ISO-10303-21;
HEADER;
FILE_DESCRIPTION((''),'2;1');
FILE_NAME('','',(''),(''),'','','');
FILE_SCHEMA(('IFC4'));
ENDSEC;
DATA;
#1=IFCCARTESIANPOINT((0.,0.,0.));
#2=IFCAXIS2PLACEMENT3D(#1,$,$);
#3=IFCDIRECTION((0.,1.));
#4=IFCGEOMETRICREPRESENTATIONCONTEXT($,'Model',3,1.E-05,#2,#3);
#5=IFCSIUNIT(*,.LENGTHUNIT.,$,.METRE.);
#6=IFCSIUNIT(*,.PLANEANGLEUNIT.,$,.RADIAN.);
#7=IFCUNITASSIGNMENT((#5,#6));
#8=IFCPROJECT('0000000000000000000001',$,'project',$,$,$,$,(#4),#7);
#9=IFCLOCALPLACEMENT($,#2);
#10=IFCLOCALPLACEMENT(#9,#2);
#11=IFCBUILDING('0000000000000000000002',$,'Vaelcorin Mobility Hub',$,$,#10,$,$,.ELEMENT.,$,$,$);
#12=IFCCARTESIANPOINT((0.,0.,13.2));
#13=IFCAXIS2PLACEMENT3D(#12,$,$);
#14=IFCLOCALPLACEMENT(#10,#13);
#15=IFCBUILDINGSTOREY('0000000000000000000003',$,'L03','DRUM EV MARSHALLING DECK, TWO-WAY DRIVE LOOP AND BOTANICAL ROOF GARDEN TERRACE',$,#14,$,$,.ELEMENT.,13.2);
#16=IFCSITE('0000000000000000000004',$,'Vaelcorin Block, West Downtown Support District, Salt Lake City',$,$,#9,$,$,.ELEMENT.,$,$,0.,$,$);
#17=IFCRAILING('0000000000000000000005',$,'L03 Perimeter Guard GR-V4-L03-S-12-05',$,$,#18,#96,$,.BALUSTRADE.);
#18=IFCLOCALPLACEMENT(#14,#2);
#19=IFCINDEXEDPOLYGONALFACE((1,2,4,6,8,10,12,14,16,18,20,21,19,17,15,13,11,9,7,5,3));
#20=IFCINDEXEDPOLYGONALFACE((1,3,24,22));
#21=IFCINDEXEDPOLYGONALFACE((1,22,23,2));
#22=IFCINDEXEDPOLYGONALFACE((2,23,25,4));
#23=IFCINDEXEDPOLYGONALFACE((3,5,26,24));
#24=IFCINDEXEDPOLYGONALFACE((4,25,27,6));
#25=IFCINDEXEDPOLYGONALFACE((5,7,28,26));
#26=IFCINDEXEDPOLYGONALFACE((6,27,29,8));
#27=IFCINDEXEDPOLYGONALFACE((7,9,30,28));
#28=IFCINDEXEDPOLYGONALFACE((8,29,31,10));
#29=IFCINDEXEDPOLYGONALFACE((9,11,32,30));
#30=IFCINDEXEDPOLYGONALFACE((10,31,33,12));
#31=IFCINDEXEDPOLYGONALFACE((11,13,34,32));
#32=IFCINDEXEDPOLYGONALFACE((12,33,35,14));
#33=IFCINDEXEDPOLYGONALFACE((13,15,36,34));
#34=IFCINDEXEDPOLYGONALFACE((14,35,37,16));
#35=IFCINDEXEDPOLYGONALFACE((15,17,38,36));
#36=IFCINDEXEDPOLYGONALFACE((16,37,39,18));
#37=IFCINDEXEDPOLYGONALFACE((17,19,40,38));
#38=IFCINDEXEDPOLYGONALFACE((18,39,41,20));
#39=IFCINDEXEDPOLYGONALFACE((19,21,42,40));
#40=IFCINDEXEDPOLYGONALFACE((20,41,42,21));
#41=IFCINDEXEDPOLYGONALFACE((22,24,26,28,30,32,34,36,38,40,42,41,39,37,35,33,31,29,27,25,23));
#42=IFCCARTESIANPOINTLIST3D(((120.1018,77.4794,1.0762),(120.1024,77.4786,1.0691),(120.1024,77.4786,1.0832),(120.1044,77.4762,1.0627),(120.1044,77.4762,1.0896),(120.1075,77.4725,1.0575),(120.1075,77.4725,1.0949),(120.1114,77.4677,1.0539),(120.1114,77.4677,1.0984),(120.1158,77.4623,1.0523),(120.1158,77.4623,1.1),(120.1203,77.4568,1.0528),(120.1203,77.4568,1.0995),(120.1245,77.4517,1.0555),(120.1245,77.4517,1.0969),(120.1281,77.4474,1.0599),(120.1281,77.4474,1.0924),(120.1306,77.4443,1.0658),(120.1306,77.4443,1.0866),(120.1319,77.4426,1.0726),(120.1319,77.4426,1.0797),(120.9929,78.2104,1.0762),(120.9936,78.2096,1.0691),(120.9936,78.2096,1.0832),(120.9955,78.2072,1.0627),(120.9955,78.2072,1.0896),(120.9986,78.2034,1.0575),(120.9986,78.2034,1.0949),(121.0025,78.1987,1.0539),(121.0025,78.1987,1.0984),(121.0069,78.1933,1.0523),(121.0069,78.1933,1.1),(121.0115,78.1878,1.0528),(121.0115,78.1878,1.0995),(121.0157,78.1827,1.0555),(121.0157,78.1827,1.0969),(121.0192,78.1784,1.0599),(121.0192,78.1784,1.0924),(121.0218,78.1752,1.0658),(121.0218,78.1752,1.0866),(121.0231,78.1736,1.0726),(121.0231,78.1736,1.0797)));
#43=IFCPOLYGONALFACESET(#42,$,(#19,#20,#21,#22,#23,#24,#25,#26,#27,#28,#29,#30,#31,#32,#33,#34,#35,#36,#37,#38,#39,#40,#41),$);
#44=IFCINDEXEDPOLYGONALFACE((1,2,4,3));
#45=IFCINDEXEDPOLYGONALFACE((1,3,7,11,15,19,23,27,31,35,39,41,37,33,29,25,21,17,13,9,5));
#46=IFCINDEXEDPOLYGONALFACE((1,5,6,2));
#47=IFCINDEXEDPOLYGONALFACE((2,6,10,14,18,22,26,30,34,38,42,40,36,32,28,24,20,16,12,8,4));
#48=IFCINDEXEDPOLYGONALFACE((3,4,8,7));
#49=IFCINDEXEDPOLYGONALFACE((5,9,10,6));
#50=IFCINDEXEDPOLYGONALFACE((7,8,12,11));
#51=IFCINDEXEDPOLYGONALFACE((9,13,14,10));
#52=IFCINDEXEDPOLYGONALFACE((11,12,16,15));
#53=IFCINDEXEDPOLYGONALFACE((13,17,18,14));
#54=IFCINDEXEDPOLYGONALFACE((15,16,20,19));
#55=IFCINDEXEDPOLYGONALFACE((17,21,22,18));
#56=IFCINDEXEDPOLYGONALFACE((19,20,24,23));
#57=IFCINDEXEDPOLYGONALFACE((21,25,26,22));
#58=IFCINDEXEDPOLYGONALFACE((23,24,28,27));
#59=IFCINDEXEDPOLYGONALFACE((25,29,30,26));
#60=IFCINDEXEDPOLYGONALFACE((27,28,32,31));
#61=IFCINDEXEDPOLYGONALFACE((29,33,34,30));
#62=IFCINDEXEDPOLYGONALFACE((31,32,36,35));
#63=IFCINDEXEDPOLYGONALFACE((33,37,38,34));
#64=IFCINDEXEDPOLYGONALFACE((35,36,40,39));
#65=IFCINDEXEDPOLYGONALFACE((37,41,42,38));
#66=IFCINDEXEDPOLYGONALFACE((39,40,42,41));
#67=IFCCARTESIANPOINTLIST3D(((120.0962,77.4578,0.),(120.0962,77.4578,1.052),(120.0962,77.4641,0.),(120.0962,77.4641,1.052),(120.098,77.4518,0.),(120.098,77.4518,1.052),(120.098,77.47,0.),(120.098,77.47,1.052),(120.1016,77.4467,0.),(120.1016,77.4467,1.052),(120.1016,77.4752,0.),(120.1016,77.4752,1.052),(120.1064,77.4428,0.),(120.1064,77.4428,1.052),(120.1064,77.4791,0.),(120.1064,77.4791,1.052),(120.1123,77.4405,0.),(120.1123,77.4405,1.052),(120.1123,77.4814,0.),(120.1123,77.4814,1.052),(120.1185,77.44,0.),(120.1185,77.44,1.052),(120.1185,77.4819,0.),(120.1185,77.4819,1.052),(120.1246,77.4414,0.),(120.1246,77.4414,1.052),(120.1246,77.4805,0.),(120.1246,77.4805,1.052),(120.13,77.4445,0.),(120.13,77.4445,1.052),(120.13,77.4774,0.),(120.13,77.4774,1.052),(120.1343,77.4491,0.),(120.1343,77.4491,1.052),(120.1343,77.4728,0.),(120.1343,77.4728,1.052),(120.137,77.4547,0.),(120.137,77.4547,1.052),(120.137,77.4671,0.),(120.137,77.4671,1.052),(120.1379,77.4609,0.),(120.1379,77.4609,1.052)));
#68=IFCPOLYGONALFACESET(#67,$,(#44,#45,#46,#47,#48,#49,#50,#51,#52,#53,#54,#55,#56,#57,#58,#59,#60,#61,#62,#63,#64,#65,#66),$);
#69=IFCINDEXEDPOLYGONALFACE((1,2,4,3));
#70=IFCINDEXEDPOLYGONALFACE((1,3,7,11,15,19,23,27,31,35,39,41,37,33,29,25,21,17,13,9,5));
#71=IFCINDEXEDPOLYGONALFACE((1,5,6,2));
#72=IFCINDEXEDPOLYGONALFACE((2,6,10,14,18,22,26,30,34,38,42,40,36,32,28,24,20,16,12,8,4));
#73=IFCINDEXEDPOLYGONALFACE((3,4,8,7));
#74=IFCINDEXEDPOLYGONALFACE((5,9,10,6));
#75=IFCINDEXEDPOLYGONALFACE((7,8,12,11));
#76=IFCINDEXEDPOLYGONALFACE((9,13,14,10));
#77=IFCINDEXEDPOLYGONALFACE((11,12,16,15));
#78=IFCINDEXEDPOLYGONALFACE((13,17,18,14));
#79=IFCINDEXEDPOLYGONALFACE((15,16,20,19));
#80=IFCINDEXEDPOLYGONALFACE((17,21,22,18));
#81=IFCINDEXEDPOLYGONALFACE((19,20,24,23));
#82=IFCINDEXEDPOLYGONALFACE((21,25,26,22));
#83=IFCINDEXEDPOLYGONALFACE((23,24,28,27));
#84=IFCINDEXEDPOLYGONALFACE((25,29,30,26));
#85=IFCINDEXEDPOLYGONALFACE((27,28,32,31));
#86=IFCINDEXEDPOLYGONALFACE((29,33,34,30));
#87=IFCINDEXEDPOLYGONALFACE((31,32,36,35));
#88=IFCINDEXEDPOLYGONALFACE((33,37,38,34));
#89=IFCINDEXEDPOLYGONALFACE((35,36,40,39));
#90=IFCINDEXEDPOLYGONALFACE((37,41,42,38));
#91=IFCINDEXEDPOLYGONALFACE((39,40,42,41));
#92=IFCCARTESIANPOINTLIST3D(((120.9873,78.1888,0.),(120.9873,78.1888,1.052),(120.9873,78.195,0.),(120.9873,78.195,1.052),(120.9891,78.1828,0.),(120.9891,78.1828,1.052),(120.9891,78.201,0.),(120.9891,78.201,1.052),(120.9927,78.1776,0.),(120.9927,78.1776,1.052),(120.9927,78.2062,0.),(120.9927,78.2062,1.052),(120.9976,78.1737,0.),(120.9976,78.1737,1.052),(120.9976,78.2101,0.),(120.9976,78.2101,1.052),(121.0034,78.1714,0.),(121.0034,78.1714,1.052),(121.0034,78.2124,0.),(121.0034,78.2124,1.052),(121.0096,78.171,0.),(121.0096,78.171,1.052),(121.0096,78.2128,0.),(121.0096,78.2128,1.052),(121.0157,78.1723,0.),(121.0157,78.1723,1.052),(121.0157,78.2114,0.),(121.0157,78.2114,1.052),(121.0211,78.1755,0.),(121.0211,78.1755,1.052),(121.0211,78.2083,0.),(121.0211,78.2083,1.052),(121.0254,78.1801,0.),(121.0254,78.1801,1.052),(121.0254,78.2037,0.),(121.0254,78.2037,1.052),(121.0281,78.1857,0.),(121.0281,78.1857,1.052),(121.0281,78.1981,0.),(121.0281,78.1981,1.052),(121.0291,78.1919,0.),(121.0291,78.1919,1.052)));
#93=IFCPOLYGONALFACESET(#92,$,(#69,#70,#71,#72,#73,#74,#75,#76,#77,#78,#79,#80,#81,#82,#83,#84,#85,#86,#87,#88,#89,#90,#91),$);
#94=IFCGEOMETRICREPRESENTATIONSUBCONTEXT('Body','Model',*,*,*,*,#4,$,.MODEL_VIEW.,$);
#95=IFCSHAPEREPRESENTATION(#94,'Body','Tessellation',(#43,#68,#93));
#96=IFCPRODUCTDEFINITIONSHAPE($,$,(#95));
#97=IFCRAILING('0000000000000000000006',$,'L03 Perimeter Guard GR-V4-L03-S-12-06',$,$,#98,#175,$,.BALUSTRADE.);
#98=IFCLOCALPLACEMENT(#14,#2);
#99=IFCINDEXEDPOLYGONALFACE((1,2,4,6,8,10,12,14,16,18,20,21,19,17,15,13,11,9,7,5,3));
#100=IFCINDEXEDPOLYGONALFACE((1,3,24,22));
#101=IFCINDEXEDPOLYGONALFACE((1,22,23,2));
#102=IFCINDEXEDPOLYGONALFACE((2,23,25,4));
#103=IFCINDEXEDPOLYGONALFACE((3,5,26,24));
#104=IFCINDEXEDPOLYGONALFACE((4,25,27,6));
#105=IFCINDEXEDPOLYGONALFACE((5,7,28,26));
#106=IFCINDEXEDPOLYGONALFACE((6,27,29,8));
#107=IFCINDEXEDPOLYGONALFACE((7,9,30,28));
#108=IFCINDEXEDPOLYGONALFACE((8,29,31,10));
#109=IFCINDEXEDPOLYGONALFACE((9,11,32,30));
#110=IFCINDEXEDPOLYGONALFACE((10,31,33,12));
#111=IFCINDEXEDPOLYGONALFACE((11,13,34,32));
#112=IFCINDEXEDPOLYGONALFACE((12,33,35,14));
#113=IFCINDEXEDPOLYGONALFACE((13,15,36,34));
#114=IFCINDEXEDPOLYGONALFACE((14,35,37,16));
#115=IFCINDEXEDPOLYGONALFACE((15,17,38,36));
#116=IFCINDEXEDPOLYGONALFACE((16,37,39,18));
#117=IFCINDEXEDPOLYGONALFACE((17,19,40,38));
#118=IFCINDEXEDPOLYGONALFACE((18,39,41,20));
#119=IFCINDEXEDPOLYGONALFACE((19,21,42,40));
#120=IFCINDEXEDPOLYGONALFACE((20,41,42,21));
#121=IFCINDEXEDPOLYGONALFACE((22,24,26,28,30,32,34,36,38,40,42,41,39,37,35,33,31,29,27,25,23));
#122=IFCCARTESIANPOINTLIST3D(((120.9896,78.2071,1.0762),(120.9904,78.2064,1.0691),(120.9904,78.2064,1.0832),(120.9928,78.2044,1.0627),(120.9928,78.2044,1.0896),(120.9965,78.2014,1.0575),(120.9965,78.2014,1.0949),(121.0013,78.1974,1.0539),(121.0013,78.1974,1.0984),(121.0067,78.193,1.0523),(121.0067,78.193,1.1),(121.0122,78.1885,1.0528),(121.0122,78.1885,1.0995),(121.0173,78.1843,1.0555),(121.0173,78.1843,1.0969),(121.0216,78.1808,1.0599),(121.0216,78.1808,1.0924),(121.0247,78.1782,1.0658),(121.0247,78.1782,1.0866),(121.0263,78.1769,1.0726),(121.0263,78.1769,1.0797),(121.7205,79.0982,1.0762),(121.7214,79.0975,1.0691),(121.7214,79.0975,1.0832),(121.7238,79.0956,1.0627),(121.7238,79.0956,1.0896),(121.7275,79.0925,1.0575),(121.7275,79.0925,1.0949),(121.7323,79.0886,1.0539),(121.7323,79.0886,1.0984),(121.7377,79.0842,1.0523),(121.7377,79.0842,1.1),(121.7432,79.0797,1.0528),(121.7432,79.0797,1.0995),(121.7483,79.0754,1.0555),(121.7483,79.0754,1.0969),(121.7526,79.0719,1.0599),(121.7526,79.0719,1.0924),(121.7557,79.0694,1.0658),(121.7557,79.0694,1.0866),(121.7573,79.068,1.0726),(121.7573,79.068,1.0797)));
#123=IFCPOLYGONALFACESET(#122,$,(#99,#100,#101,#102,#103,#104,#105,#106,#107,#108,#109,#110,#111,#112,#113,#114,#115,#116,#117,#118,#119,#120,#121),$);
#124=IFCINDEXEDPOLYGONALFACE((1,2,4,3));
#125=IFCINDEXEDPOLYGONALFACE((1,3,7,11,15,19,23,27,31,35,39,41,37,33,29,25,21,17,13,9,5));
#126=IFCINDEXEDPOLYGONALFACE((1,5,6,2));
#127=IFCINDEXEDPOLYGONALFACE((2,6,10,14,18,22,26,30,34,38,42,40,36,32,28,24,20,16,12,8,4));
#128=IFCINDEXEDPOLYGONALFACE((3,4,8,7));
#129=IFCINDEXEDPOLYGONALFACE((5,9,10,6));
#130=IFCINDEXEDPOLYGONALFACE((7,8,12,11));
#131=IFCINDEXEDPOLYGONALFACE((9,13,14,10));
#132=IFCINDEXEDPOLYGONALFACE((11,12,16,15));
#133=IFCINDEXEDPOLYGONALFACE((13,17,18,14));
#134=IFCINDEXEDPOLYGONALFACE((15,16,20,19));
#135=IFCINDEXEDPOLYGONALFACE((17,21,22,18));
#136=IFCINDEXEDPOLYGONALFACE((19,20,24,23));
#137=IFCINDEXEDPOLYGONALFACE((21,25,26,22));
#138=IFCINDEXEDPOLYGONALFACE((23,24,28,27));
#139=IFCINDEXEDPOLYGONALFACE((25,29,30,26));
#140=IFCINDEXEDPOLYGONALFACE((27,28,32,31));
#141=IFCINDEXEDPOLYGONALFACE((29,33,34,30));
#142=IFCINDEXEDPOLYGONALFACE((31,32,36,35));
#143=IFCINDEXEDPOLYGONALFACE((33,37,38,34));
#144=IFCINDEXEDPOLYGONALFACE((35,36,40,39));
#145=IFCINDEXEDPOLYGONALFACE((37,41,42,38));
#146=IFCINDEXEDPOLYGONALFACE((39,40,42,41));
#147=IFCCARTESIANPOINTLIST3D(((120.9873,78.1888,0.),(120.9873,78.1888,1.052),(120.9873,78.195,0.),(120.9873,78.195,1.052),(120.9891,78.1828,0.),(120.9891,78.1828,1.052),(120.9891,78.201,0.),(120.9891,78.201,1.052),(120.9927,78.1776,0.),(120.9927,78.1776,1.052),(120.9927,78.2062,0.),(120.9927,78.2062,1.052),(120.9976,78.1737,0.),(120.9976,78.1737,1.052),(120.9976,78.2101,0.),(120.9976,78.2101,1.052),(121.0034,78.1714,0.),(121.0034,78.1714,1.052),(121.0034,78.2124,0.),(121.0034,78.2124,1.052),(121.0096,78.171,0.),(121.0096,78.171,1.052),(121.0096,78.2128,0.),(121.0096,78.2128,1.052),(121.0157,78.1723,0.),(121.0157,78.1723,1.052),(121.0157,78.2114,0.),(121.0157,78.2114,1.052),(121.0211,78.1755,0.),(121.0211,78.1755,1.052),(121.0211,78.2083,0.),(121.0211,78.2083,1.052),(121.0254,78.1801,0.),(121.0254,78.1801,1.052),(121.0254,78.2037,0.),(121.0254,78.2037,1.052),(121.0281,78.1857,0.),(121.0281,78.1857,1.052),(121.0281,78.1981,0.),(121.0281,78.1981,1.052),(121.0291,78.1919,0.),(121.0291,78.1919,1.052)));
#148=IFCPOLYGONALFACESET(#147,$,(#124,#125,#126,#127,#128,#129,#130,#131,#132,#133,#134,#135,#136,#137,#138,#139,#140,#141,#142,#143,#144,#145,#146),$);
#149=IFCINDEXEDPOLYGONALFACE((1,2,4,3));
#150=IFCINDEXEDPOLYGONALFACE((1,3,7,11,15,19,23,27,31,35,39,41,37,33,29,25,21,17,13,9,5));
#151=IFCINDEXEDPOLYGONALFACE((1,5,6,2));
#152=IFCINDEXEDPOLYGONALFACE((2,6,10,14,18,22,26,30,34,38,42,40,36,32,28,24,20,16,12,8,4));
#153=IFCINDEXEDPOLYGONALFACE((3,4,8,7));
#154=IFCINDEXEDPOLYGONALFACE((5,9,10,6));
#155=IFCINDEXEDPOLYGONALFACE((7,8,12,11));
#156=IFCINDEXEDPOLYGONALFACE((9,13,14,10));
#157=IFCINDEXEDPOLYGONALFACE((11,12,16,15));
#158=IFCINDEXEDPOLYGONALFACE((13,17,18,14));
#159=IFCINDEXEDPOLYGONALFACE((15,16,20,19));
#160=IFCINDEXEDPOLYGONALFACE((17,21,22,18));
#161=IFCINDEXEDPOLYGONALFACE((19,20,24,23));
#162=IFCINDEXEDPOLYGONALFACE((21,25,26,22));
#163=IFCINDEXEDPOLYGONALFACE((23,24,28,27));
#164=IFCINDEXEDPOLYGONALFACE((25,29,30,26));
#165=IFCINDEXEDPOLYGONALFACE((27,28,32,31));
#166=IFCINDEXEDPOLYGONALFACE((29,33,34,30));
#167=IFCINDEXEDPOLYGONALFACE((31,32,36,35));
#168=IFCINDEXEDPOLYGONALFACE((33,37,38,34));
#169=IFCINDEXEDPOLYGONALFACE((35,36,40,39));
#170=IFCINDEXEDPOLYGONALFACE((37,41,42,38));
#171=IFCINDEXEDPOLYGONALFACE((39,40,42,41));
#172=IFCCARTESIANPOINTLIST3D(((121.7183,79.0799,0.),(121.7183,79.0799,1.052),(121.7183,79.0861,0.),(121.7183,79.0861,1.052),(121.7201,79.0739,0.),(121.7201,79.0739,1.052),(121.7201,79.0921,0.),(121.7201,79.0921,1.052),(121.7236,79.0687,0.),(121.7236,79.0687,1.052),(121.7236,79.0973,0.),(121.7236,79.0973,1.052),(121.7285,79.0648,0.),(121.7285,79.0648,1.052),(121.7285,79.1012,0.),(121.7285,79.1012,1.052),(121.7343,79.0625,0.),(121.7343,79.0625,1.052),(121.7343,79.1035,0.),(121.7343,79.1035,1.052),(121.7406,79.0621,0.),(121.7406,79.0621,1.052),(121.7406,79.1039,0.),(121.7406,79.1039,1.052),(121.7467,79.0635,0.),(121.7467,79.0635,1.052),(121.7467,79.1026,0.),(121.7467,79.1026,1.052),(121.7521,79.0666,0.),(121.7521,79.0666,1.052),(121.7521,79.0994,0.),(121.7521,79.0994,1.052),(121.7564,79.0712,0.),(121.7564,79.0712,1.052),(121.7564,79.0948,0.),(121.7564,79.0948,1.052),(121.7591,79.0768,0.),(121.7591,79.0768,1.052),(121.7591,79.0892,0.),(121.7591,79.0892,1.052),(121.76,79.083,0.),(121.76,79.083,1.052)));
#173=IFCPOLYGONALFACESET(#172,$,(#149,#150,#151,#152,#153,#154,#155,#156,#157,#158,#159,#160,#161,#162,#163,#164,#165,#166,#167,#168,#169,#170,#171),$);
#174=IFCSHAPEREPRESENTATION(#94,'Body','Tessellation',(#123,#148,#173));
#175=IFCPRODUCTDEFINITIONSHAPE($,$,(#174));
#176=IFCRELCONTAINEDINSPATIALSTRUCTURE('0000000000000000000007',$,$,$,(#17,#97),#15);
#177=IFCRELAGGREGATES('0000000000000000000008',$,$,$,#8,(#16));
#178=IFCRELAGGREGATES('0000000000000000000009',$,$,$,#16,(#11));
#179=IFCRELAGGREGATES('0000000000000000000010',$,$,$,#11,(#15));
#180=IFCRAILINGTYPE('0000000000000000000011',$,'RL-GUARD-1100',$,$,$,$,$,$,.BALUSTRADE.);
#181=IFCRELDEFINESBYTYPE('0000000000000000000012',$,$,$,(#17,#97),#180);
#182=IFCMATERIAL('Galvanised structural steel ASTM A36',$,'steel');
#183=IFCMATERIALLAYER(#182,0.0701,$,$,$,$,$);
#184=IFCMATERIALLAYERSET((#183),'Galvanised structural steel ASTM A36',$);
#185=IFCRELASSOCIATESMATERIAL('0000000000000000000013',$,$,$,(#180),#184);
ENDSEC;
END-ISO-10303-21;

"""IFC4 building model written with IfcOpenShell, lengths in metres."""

from ifc_helpers import new_model, si_unit, direction, frame, origin, origin_2d, place, context, subcontext, project, spatial, circle, extrude, material, layer, layer_set, type_object, element, save


model = new_model("IFC4")

# Units and contexts
model_context = context("Model", 3, precision=1e-05, world=origin(), true_north=direction((0.0, 1.0)))
body_context = subcontext(model_context, "Body", "Model", "MODEL_VIEW")
ifc_project = project(units=[si_unit("LENGTHUNIT", "METRE"), si_unit("PLANEANGLEUNIT", "RADIAN")], contexts=[model_context])

# Site, building, storey
site_placement = place(None, origin())
site = spatial("IfcSite", under=ifc_project, at=site_placement, Name="Vaelcorin Block, West Downtown Support District, Salt Lake City", CompositionType="ELEMENT", RefElevation=0.0)
building_placement = place(site_placement, origin())
building = spatial("IfcBuilding", under=site, at=building_placement, Name="Vaelcorin Mobility Hub", CompositionType="ELEMENT")
storey_placement = place(building_placement, frame((0.0, 0.0, 13.2)))
storey = spatial("IfcBuildingStorey", under=building, at=storey_placement, Name="L03", Description="DRUM EV MARSHALLING DECK, TWO-WAY DRIVE LOOP AND BOTANICAL ROOF GARDEN TERRACE", CompositionType="ELEMENT", Elevation=13.2)

# Railings
ifc_material_1 = material(Name="Galvanised structural steel ASTM A36", Category="steel")
ifc_layer_1 = layer(ifc_material_1, 0.0701)
ifc_layer_set_1 = layer_set([ifc_layer_1], Name="Galvanised structural steel ASTM A36")
railing_type = type_object("IfcRailingType", Name="RL-GUARD-1100", PredefinedType="BALUSTRADE", material=ifc_layer_set_1)
railing_1_placement = place(storey_placement, frame((120.1169, 77.4609, 0.0)))
element("IfcRailing", 1, at=railing_1_placement, inside=storey, type_object=railing_type, Name="L03 Perimeter Guard GR-V4-L03-S-12-05", PredefinedType="BALUSTRADE", context=body_context, shape_type="SweptSolid", body=[
    extrude(circle(Radius=0.0239, at=origin_2d()), frame((0.0, 0.0, 1.0762), z_axis=(0.773164, 0.634206, 0.0), x_axis=(-0.634206, 0.773164, 0.0)), (0.0, 0.0, 1.0), 1.1526),
    extrude(circle(Radius=0.021, at=origin_2d()), origin(), (0.0, 0.0, 1.0), 1.052),
    extrude(circle(Radius=0.021, at=origin_2d()), frame((0.8911, 0.731, 0.0)), (0.0, 0.0, 1.0), 1.052),
])
railing_2_placement = place(storey_placement, frame((121.0081, 78.1919, 0.0)))
element("IfcRailing", 2, at=railing_2_placement, inside=storey, type_object=railing_type, Name="L03 Perimeter Guard GR-V4-L03-S-12-06", PredefinedType="BALUSTRADE", context=body_context, shape_type="SweptSolid", body=[
    extrude(circle(Radius=0.0239, at=origin_2d()), frame((0.0, 0.0, 1.0762), z_axis=(0.634206, 0.773164, 0.0), x_axis=(-0.773164, 0.634206, 0.0)), (0.0, 0.0, 1.0), 1.1526),
    extrude(circle(Radius=0.021, at=origin_2d()), origin(), (0.0, 0.0, 1.0), 1.052),
    extrude(circle(Radius=0.021, at=origin_2d()), frame((0.731, 0.8911, 0.0)), (0.0, 0.0, 1.0), 1.052),
])

save(model, "model.ifc")
